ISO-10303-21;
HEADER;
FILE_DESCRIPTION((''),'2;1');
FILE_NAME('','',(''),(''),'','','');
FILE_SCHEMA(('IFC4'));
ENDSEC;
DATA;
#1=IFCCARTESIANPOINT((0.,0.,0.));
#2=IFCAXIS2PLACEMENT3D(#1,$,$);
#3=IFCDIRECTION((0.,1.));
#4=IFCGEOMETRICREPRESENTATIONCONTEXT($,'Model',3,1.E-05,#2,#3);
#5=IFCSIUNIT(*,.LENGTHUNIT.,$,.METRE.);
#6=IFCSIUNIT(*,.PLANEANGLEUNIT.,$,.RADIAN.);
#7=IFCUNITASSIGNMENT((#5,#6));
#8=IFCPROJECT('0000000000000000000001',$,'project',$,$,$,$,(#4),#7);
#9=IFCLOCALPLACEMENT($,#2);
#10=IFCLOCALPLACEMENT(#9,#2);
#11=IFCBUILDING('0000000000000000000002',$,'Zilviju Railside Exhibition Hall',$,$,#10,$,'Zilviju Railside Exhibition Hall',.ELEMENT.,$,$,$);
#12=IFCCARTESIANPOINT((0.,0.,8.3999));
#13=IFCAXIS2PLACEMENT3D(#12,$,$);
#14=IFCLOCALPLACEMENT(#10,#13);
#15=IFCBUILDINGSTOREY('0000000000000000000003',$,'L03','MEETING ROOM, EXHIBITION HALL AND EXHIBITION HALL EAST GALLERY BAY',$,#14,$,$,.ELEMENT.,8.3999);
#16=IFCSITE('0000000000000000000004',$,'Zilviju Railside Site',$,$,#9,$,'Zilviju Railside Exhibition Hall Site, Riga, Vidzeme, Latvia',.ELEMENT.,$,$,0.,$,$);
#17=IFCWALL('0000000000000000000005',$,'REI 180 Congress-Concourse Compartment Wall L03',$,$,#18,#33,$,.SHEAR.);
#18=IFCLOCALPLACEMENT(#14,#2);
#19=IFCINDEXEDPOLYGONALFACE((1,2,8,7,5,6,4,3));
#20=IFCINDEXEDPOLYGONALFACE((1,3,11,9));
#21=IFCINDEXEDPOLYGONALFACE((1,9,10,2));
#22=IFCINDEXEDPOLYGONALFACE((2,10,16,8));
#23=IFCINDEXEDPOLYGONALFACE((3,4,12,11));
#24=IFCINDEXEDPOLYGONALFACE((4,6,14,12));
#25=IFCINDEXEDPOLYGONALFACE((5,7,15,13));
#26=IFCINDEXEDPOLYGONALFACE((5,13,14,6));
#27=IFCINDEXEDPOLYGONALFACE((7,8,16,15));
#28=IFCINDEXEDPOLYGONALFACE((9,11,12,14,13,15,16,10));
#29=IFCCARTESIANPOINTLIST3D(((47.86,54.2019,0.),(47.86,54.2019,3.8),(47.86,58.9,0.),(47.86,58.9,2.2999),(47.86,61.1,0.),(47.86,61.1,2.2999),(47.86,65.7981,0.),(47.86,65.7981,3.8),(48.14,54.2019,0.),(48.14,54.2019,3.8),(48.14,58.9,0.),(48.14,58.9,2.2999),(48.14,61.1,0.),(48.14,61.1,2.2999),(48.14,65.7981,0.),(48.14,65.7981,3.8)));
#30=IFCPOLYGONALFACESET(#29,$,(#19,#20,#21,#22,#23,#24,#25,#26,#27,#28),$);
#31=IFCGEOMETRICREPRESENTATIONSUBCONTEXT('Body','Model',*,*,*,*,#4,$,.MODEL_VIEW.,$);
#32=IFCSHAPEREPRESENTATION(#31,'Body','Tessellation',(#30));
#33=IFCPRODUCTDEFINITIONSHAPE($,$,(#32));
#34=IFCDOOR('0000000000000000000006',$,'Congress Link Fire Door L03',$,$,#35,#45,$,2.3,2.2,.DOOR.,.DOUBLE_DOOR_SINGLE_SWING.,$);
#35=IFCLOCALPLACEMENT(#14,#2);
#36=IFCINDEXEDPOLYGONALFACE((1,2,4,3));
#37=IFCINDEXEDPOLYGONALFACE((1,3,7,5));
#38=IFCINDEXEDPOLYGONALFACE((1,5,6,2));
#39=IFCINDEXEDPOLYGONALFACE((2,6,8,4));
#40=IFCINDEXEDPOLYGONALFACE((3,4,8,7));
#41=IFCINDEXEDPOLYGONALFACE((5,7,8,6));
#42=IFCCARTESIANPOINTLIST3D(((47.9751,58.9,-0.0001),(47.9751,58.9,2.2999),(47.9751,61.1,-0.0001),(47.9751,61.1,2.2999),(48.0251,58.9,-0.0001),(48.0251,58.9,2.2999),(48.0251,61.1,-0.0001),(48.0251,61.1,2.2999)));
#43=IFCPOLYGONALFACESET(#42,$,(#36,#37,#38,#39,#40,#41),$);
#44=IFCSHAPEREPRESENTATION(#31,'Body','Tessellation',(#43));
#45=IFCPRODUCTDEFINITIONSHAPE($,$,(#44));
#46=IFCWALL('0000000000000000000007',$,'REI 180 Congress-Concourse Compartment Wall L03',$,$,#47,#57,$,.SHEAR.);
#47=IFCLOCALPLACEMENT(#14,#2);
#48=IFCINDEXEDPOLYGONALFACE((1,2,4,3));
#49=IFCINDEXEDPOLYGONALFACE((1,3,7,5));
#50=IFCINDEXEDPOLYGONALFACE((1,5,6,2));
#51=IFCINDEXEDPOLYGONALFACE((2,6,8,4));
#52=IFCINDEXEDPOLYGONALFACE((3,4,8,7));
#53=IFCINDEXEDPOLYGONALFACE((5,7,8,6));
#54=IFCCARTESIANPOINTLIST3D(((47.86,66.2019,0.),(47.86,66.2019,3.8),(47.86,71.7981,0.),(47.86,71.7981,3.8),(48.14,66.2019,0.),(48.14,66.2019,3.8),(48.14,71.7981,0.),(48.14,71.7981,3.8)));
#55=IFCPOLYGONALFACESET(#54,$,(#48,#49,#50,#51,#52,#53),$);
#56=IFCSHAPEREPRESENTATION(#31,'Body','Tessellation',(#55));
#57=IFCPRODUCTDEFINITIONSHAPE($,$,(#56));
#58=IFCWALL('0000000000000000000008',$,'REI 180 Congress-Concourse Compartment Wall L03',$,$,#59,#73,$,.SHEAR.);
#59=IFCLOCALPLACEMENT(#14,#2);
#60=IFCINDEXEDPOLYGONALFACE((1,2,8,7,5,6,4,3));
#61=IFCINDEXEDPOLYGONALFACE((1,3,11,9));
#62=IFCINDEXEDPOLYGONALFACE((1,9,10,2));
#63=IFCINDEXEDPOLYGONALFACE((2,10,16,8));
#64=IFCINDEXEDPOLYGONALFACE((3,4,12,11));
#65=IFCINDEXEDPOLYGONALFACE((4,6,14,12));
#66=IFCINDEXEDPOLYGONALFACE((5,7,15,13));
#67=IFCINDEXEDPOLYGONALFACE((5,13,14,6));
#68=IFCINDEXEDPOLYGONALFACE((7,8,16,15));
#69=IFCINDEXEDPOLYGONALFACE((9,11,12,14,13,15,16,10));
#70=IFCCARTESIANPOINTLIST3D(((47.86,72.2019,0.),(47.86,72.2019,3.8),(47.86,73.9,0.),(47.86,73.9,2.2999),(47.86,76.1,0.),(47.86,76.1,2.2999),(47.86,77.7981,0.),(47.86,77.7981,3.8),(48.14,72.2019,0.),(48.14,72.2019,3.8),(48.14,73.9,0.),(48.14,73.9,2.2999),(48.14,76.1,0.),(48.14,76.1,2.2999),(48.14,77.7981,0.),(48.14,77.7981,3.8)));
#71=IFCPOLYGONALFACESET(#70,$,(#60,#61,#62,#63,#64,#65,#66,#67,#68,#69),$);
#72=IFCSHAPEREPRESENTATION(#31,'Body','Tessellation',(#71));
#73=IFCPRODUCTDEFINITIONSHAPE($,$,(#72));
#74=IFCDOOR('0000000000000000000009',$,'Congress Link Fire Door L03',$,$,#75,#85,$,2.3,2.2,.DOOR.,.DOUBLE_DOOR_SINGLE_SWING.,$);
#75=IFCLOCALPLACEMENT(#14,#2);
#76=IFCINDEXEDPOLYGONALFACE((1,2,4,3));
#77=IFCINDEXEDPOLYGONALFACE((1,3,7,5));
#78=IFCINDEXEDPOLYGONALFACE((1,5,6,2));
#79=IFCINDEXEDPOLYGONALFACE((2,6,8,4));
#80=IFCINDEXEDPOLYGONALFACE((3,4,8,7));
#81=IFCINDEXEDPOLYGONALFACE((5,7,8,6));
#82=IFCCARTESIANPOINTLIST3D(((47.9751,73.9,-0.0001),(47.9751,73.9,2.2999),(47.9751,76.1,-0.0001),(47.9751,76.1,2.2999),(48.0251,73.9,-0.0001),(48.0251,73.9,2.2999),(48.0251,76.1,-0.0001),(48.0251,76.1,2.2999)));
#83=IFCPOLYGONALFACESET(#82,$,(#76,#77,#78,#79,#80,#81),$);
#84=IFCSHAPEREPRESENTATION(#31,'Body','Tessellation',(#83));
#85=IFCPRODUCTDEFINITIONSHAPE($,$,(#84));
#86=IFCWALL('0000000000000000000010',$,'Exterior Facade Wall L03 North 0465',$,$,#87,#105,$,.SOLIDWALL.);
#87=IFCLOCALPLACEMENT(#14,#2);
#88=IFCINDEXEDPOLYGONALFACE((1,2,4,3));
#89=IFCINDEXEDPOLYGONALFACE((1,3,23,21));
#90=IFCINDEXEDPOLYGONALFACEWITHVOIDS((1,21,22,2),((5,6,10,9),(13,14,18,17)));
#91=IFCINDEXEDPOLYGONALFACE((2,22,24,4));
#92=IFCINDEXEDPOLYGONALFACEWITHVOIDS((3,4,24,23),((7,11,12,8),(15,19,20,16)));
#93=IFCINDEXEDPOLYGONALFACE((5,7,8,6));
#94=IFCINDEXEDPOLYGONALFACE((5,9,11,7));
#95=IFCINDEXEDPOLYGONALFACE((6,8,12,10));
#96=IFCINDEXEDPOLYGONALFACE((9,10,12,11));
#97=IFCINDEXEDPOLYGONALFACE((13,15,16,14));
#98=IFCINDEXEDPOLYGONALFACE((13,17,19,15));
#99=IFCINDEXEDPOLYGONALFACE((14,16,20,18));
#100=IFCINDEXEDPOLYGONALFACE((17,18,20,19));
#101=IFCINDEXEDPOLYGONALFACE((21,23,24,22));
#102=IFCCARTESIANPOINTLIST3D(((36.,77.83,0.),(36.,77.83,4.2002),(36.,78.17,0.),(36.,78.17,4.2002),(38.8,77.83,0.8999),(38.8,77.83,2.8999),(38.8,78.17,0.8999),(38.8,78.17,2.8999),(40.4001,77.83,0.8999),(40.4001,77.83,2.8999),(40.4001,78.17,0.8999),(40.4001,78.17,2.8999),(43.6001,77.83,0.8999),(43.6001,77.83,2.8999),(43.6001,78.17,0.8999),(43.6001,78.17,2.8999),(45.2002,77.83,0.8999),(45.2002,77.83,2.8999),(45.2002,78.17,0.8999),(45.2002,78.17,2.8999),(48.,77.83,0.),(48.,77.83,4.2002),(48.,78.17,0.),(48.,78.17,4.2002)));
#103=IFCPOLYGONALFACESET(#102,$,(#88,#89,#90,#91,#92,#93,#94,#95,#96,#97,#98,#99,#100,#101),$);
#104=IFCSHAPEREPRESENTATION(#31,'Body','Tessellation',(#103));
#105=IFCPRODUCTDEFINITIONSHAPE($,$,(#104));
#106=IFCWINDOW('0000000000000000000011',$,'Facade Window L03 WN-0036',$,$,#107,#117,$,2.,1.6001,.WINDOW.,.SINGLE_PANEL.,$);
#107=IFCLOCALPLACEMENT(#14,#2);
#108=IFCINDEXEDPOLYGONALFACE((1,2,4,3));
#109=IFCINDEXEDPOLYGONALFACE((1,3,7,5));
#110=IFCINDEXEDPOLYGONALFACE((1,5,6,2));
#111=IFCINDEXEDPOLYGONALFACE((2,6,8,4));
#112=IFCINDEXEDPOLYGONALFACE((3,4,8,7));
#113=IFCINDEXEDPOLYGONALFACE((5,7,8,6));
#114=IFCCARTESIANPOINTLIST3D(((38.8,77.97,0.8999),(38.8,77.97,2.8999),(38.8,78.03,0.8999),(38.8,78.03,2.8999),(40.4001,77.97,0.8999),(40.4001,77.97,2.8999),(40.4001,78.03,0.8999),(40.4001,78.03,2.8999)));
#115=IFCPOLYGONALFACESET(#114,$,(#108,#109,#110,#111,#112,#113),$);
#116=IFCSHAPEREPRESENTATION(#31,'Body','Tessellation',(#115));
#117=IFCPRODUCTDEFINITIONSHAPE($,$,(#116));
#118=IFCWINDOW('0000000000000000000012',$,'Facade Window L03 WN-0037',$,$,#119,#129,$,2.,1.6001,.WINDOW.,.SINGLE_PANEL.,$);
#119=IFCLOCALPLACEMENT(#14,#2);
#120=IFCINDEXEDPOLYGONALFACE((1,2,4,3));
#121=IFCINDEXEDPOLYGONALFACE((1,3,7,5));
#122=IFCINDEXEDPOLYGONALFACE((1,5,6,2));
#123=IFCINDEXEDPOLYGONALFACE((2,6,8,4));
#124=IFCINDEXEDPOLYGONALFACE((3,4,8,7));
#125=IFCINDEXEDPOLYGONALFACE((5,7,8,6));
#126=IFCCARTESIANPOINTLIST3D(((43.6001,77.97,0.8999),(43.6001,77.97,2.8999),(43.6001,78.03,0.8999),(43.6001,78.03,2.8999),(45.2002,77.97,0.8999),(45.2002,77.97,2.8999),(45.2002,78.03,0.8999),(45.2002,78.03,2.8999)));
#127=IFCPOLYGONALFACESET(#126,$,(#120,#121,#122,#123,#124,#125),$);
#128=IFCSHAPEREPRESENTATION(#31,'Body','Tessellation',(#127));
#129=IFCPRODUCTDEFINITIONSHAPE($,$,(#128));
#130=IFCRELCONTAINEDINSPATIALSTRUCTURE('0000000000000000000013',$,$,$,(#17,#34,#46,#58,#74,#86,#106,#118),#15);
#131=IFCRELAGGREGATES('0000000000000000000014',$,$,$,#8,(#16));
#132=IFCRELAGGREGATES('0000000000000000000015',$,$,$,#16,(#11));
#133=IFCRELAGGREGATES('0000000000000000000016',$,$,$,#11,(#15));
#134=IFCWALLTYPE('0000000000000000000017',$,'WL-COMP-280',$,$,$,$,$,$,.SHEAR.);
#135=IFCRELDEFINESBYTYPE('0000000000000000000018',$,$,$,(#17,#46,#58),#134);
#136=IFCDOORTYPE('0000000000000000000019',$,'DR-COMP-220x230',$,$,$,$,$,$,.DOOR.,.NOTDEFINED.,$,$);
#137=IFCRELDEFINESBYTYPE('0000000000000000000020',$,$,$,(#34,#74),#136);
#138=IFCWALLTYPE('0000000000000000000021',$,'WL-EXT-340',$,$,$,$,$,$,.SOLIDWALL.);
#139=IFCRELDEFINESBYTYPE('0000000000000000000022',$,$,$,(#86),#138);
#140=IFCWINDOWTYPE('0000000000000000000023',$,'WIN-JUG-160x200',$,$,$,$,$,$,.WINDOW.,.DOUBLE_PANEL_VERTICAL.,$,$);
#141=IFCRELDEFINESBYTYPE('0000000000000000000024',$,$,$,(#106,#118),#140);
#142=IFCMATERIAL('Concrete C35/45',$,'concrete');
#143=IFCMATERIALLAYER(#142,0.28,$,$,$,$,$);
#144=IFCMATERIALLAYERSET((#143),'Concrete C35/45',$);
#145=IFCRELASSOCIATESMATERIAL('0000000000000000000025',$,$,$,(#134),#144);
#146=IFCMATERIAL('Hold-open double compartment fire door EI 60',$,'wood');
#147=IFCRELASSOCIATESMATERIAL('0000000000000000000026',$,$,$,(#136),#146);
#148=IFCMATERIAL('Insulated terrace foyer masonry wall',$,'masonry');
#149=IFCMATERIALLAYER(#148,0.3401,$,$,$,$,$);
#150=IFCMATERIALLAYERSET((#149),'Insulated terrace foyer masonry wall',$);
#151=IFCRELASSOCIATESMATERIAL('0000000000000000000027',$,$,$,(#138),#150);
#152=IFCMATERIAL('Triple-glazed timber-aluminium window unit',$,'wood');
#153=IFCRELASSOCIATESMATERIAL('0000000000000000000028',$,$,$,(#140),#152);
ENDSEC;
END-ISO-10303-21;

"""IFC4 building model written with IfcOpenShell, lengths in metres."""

from ifc_helpers import new_model, si_unit, direction, frame, frame_2d, origin, place, context, subcontext, project, spatial, rectangle, extrude, material, layer, layer_set, type_object, element, fill, save


model = new_model("IFC4")

# Units and contexts
model_context = context("Model", 3, precision=1e-05, world=origin(), true_north=direction((0.0, 1.0)))
body_context = subcontext(model_context, "Body", "Model", "MODEL_VIEW")
ifc_project = project(units=[si_unit("LENGTHUNIT", "METRE"), si_unit("PLANEANGLEUNIT", "RADIAN")], contexts=[model_context])

# Site, building, storey
site_placement = place(None, origin())
site = spatial("IfcSite", under=ifc_project, at=site_placement, Name="Zilviju Railside Site", LongName="Zilviju Railside Exhibition Hall Site, Riga, Vidzeme, Latvia", CompositionType="ELEMENT", RefElevation=0.0)
building_placement = place(site_placement, origin())
building = spatial("IfcBuilding", under=site, at=building_placement, Name="Zilviju Railside Exhibition Hall", LongName="Zilviju Railside Exhibition Hall", CompositionType="ELEMENT")
storey_placement = place(building_placement, frame((0.0, 0.0, 8.3999)))
storey = spatial("IfcBuildingStorey", under=building, at=storey_placement, Name="L03", Description="MEETING ROOM, EXHIBITION HALL AND EXHIBITION HALL EAST GALLERY BAY", CompositionType="ELEMENT", Elevation=8.3999)

# Shared definitions
ifc_material_1 = material(Name="Concrete C35/45", Category="concrete")

# Wall, opening, door
ifc_layer_1 = layer(ifc_material_1, 0.28)
ifc_layer_set_1 = layer_set([ifc_layer_1], Name="Concrete C35/45")
wall_type_1 = type_object("IfcWallType", Name="WL-COMP-280", PredefinedType="SHEAR", material=ifc_layer_set_1)
wall_1_placement = place(storey_placement, frame((48.0, 54.2019, 0.0), z_axis=(0.0, 0.0, 1.0), x_axis=(0.0, 1.0, 0.0)))
wall_1 = element("IfcWall", 1, at=wall_1_placement, inside=storey, type_object=wall_type_1, Name="REI 180 Congress-Concourse Compartment Wall L03", PredefinedType="SHEAR", context=body_context, shape_type="SweptSolid", body=[
    extrude(rectangle(XDim=11.5962, YDim=0.28, at=frame_2d((5.7981, 0.0))), origin(), (0.0, 0.0, 1.0), 3.8),
])
opening_1_placement = place(wall_1_placement, frame((4.698, 0.0, 0.0)))
opening_1 = element("IfcOpeningElement", 2, at=opening_1_placement, cuts=wall_1, PredefinedType="OPENING", context=body_context, shape_type="SweptSolid", body=[
    extrude(rectangle(XDim=2.2, YDim=2.3, at=frame_2d((1.1001, 1.1499))), frame((0.0, 0.1499, 0.0), z_axis=(0.0, -1.0, 0.0), x_axis=(1.0, 0.0, 0.0)), (0.0, 0.0, 1.0), 0.3),
])
ifc_material_2 = material(Name="Hold-open double compartment fire door EI 60", Category="wood")
door_type = type_object("IfcDoorType", Name="DR-COMP-220x230", OperationType="NOTDEFINED", PredefinedType="DOOR", material=ifc_material_2)
door_1_placement = place(opening_1_placement, origin())
door_1 = element("IfcDoor", 3, at=door_1_placement, inside=storey, type_object=door_type, Name="Congress Link Fire Door L03", OperationType="DOUBLE_DOOR_SINGLE_SWING", OverallHeight=2.3, OverallWidth=2.2, PredefinedType="DOOR", context=body_context, shape_type="SweptSolid", body=[
    extrude(rectangle(XDim=2.2, YDim=2.3, at=frame_2d((1.1001, 1.1499))), frame((0.0, 0.0249, 0.0), z_axis=(0.0, -1.0, 0.0), x_axis=(1.0, 0.0, 0.0)), (0.0, 0.0, 1.0), 0.05),
])
fill(opening_1, door_1)

# Wall
wall_2_placement = place(storey_placement, frame((48.0, 66.2019, 0.0), z_axis=(0.0, 0.0, 1.0), x_axis=(0.0, 1.0, 0.0)))
element("IfcWall", 4, at=wall_2_placement, inside=storey, type_object=wall_type_1, Name="REI 180 Congress-Concourse Compartment Wall L03", PredefinedType="SHEAR", context=body_context, shape_type="SweptSolid", body=[
    extrude(rectangle(XDim=5.5962, YDim=0.28, at=frame_2d((2.7981, 0.0))), origin(), (0.0, 0.0, 1.0), 3.8),
])

# Wall, opening, door
wall_3_placement = place(storey_placement, frame((48.0, 72.2019, 0.0), z_axis=(0.0, 0.0, 1.0), x_axis=(0.0, 1.0, 0.0)))
wall_3 = element("IfcWall", 5, at=wall_3_placement, inside=storey, type_object=wall_type_1, Name="REI 180 Congress-Concourse Compartment Wall L03", PredefinedType="SHEAR", context=body_context, shape_type="SweptSolid", body=[
    extrude(rectangle(XDim=5.5962, YDim=0.28, at=frame_2d((2.7981, 0.0))), origin(), (0.0, 0.0, 1.0), 3.8),
])
opening_2_placement = place(wall_3_placement, frame((1.698, 0.0, 0.0)))
opening_2 = element("IfcOpeningElement", 6, at=opening_2_placement, cuts=wall_3, PredefinedType="OPENING", context=body_context, shape_type="SweptSolid", body=[
    extrude(rectangle(XDim=2.2, YDim=2.3, at=frame_2d((1.1001, 1.1499))), frame((0.0, 0.1499, 0.0), z_axis=(0.0, -1.0, 0.0), x_axis=(1.0, 0.0, 0.0)), (0.0, 0.0, 1.0), 0.3),
])
door_2_placement = place(opening_2_placement, origin())
door_2 = element("IfcDoor", 7, at=door_2_placement, inside=storey, type_object=door_type, Name="Congress Link Fire Door L03", OperationType="DOUBLE_DOOR_SINGLE_SWING", OverallHeight=2.3, OverallWidth=2.2, PredefinedType="DOOR", context=body_context, shape_type="SweptSolid", body=[
    extrude(rectangle(XDim=2.2, YDim=2.3, at=frame_2d((1.1001, 1.1499))), frame((0.0, 0.0249, 0.0), z_axis=(0.0, -1.0, 0.0), x_axis=(1.0, 0.0, 0.0)), (0.0, 0.0, 1.0), 0.05),
])
fill(opening_2, door_2)

# Wall, openings, windows
ifc_material_3 = material(Name="Insulated terrace foyer masonry wall", Category="masonry")
ifc_layer_2 = layer(ifc_material_3, 0.3401)
ifc_layer_set_2 = layer_set([ifc_layer_2], Name="Insulated terrace foyer masonry wall")
wall_type_2 = type_object("IfcWallType", Name="WL-EXT-340", PredefinedType="SOLIDWALL", material=ifc_layer_set_2)
wall_4_placement = place(storey_placement, frame((36.0, 78.0, 0.0), z_axis=(0.0, 0.0, 1.0), x_axis=(1.0, 0.0, 0.0)))
wall_4 = element("IfcWall", 8, at=wall_4_placement, inside=storey, type_object=wall_type_2, Name="Exterior Facade Wall L03 North 0465", PredefinedType="SOLIDWALL", context=body_context, shape_type="SweptSolid", body=[
    extrude(rectangle(XDim=12.0, YDim=0.3401, at=frame_2d((6.0, 0.0))), origin(), (0.0, 0.0, 1.0), 4.2002),
])
opening_3_placement = place(wall_4_placement, frame((2.8, 0.0, 0.8999)))
opening_3 = element("IfcOpeningElement", 9, at=opening_3_placement, cuts=wall_4, PredefinedType="OPENING", context=body_context, shape_type="SweptSolid", body=[
    extrude(rectangle(XDim=1.6001, YDim=2.0, at=frame_2d((0.8, 1.0))), frame((0.0, 0.1799, 0.0), z_axis=(0.0, -1.0, 0.0), x_axis=(1.0, 0.0, 0.0)), (0.0, 0.0, 1.0), 0.3601),
])
opening_4_placement = place(wall_4_placement, frame((7.6001, 0.0, 0.8999)))
opening_4 = element("IfcOpeningElement", 10, at=opening_4_placement, cuts=wall_4, PredefinedType="OPENING", context=body_context, shape_type="SweptSolid", body=[
    extrude(rectangle(XDim=1.6001, YDim=2.0, at=frame_2d((0.8, 1.0))), frame((0.0, 0.1799, 0.0), z_axis=(0.0, -1.0, 0.0), x_axis=(1.0, 0.0, 0.0)), (0.0, 0.0, 1.0), 0.3601),
])
ifc_material_4 = material(Name="Triple-glazed timber-aluminium window unit", Category="wood")
window_type = type_object("IfcWindowType", Name="WIN-JUG-160x200", PartitioningType="DOUBLE_PANEL_VERTICAL", PredefinedType="WINDOW", material=ifc_material_4)
window_1_placement = place(opening_3_placement, origin())
window_1 = element("IfcWindow", 11, at=window_1_placement, inside=storey, type_object=window_type, Name="Facade Window L03 WN-0036", OverallHeight=2.0, OverallWidth=1.6001, PartitioningType="SINGLE_PANEL", PredefinedType="WINDOW", context=body_context, shape_type="SweptSolid", body=[
    extrude(rectangle(XDim=1.6001, YDim=2.0, at=frame_2d((0.8, 1.0))), frame((0.0, 0.03, 0.0), z_axis=(0.0, -1.0, 0.0), x_axis=(1.0, 0.0, 0.0)), (0.0, 0.0, 1.0), 0.0601),
])
fill(opening_3, window_1)
window_2_placement = place(opening_4_placement, origin())
window_2 = element("IfcWindow", 12, at=window_2_placement, inside=storey, type_object=window_type, Name="Facade Window L03 WN-0037", OverallHeight=2.0, OverallWidth=1.6001, PartitioningType="SINGLE_PANEL", PredefinedType="WINDOW", context=body_context, shape_type="SweptSolid", body=[
    extrude(rectangle(XDim=1.6001, YDim=2.0, at=frame_2d((0.8, 1.0))), frame((0.0, 0.03, 0.0), z_axis=(0.0, -1.0, 0.0), x_axis=(1.0, 0.0, 0.0)), (0.0, 0.0, 1.0), 0.0601),
])
fill(opening_4, window_2)

save(model, "model.ifc")
